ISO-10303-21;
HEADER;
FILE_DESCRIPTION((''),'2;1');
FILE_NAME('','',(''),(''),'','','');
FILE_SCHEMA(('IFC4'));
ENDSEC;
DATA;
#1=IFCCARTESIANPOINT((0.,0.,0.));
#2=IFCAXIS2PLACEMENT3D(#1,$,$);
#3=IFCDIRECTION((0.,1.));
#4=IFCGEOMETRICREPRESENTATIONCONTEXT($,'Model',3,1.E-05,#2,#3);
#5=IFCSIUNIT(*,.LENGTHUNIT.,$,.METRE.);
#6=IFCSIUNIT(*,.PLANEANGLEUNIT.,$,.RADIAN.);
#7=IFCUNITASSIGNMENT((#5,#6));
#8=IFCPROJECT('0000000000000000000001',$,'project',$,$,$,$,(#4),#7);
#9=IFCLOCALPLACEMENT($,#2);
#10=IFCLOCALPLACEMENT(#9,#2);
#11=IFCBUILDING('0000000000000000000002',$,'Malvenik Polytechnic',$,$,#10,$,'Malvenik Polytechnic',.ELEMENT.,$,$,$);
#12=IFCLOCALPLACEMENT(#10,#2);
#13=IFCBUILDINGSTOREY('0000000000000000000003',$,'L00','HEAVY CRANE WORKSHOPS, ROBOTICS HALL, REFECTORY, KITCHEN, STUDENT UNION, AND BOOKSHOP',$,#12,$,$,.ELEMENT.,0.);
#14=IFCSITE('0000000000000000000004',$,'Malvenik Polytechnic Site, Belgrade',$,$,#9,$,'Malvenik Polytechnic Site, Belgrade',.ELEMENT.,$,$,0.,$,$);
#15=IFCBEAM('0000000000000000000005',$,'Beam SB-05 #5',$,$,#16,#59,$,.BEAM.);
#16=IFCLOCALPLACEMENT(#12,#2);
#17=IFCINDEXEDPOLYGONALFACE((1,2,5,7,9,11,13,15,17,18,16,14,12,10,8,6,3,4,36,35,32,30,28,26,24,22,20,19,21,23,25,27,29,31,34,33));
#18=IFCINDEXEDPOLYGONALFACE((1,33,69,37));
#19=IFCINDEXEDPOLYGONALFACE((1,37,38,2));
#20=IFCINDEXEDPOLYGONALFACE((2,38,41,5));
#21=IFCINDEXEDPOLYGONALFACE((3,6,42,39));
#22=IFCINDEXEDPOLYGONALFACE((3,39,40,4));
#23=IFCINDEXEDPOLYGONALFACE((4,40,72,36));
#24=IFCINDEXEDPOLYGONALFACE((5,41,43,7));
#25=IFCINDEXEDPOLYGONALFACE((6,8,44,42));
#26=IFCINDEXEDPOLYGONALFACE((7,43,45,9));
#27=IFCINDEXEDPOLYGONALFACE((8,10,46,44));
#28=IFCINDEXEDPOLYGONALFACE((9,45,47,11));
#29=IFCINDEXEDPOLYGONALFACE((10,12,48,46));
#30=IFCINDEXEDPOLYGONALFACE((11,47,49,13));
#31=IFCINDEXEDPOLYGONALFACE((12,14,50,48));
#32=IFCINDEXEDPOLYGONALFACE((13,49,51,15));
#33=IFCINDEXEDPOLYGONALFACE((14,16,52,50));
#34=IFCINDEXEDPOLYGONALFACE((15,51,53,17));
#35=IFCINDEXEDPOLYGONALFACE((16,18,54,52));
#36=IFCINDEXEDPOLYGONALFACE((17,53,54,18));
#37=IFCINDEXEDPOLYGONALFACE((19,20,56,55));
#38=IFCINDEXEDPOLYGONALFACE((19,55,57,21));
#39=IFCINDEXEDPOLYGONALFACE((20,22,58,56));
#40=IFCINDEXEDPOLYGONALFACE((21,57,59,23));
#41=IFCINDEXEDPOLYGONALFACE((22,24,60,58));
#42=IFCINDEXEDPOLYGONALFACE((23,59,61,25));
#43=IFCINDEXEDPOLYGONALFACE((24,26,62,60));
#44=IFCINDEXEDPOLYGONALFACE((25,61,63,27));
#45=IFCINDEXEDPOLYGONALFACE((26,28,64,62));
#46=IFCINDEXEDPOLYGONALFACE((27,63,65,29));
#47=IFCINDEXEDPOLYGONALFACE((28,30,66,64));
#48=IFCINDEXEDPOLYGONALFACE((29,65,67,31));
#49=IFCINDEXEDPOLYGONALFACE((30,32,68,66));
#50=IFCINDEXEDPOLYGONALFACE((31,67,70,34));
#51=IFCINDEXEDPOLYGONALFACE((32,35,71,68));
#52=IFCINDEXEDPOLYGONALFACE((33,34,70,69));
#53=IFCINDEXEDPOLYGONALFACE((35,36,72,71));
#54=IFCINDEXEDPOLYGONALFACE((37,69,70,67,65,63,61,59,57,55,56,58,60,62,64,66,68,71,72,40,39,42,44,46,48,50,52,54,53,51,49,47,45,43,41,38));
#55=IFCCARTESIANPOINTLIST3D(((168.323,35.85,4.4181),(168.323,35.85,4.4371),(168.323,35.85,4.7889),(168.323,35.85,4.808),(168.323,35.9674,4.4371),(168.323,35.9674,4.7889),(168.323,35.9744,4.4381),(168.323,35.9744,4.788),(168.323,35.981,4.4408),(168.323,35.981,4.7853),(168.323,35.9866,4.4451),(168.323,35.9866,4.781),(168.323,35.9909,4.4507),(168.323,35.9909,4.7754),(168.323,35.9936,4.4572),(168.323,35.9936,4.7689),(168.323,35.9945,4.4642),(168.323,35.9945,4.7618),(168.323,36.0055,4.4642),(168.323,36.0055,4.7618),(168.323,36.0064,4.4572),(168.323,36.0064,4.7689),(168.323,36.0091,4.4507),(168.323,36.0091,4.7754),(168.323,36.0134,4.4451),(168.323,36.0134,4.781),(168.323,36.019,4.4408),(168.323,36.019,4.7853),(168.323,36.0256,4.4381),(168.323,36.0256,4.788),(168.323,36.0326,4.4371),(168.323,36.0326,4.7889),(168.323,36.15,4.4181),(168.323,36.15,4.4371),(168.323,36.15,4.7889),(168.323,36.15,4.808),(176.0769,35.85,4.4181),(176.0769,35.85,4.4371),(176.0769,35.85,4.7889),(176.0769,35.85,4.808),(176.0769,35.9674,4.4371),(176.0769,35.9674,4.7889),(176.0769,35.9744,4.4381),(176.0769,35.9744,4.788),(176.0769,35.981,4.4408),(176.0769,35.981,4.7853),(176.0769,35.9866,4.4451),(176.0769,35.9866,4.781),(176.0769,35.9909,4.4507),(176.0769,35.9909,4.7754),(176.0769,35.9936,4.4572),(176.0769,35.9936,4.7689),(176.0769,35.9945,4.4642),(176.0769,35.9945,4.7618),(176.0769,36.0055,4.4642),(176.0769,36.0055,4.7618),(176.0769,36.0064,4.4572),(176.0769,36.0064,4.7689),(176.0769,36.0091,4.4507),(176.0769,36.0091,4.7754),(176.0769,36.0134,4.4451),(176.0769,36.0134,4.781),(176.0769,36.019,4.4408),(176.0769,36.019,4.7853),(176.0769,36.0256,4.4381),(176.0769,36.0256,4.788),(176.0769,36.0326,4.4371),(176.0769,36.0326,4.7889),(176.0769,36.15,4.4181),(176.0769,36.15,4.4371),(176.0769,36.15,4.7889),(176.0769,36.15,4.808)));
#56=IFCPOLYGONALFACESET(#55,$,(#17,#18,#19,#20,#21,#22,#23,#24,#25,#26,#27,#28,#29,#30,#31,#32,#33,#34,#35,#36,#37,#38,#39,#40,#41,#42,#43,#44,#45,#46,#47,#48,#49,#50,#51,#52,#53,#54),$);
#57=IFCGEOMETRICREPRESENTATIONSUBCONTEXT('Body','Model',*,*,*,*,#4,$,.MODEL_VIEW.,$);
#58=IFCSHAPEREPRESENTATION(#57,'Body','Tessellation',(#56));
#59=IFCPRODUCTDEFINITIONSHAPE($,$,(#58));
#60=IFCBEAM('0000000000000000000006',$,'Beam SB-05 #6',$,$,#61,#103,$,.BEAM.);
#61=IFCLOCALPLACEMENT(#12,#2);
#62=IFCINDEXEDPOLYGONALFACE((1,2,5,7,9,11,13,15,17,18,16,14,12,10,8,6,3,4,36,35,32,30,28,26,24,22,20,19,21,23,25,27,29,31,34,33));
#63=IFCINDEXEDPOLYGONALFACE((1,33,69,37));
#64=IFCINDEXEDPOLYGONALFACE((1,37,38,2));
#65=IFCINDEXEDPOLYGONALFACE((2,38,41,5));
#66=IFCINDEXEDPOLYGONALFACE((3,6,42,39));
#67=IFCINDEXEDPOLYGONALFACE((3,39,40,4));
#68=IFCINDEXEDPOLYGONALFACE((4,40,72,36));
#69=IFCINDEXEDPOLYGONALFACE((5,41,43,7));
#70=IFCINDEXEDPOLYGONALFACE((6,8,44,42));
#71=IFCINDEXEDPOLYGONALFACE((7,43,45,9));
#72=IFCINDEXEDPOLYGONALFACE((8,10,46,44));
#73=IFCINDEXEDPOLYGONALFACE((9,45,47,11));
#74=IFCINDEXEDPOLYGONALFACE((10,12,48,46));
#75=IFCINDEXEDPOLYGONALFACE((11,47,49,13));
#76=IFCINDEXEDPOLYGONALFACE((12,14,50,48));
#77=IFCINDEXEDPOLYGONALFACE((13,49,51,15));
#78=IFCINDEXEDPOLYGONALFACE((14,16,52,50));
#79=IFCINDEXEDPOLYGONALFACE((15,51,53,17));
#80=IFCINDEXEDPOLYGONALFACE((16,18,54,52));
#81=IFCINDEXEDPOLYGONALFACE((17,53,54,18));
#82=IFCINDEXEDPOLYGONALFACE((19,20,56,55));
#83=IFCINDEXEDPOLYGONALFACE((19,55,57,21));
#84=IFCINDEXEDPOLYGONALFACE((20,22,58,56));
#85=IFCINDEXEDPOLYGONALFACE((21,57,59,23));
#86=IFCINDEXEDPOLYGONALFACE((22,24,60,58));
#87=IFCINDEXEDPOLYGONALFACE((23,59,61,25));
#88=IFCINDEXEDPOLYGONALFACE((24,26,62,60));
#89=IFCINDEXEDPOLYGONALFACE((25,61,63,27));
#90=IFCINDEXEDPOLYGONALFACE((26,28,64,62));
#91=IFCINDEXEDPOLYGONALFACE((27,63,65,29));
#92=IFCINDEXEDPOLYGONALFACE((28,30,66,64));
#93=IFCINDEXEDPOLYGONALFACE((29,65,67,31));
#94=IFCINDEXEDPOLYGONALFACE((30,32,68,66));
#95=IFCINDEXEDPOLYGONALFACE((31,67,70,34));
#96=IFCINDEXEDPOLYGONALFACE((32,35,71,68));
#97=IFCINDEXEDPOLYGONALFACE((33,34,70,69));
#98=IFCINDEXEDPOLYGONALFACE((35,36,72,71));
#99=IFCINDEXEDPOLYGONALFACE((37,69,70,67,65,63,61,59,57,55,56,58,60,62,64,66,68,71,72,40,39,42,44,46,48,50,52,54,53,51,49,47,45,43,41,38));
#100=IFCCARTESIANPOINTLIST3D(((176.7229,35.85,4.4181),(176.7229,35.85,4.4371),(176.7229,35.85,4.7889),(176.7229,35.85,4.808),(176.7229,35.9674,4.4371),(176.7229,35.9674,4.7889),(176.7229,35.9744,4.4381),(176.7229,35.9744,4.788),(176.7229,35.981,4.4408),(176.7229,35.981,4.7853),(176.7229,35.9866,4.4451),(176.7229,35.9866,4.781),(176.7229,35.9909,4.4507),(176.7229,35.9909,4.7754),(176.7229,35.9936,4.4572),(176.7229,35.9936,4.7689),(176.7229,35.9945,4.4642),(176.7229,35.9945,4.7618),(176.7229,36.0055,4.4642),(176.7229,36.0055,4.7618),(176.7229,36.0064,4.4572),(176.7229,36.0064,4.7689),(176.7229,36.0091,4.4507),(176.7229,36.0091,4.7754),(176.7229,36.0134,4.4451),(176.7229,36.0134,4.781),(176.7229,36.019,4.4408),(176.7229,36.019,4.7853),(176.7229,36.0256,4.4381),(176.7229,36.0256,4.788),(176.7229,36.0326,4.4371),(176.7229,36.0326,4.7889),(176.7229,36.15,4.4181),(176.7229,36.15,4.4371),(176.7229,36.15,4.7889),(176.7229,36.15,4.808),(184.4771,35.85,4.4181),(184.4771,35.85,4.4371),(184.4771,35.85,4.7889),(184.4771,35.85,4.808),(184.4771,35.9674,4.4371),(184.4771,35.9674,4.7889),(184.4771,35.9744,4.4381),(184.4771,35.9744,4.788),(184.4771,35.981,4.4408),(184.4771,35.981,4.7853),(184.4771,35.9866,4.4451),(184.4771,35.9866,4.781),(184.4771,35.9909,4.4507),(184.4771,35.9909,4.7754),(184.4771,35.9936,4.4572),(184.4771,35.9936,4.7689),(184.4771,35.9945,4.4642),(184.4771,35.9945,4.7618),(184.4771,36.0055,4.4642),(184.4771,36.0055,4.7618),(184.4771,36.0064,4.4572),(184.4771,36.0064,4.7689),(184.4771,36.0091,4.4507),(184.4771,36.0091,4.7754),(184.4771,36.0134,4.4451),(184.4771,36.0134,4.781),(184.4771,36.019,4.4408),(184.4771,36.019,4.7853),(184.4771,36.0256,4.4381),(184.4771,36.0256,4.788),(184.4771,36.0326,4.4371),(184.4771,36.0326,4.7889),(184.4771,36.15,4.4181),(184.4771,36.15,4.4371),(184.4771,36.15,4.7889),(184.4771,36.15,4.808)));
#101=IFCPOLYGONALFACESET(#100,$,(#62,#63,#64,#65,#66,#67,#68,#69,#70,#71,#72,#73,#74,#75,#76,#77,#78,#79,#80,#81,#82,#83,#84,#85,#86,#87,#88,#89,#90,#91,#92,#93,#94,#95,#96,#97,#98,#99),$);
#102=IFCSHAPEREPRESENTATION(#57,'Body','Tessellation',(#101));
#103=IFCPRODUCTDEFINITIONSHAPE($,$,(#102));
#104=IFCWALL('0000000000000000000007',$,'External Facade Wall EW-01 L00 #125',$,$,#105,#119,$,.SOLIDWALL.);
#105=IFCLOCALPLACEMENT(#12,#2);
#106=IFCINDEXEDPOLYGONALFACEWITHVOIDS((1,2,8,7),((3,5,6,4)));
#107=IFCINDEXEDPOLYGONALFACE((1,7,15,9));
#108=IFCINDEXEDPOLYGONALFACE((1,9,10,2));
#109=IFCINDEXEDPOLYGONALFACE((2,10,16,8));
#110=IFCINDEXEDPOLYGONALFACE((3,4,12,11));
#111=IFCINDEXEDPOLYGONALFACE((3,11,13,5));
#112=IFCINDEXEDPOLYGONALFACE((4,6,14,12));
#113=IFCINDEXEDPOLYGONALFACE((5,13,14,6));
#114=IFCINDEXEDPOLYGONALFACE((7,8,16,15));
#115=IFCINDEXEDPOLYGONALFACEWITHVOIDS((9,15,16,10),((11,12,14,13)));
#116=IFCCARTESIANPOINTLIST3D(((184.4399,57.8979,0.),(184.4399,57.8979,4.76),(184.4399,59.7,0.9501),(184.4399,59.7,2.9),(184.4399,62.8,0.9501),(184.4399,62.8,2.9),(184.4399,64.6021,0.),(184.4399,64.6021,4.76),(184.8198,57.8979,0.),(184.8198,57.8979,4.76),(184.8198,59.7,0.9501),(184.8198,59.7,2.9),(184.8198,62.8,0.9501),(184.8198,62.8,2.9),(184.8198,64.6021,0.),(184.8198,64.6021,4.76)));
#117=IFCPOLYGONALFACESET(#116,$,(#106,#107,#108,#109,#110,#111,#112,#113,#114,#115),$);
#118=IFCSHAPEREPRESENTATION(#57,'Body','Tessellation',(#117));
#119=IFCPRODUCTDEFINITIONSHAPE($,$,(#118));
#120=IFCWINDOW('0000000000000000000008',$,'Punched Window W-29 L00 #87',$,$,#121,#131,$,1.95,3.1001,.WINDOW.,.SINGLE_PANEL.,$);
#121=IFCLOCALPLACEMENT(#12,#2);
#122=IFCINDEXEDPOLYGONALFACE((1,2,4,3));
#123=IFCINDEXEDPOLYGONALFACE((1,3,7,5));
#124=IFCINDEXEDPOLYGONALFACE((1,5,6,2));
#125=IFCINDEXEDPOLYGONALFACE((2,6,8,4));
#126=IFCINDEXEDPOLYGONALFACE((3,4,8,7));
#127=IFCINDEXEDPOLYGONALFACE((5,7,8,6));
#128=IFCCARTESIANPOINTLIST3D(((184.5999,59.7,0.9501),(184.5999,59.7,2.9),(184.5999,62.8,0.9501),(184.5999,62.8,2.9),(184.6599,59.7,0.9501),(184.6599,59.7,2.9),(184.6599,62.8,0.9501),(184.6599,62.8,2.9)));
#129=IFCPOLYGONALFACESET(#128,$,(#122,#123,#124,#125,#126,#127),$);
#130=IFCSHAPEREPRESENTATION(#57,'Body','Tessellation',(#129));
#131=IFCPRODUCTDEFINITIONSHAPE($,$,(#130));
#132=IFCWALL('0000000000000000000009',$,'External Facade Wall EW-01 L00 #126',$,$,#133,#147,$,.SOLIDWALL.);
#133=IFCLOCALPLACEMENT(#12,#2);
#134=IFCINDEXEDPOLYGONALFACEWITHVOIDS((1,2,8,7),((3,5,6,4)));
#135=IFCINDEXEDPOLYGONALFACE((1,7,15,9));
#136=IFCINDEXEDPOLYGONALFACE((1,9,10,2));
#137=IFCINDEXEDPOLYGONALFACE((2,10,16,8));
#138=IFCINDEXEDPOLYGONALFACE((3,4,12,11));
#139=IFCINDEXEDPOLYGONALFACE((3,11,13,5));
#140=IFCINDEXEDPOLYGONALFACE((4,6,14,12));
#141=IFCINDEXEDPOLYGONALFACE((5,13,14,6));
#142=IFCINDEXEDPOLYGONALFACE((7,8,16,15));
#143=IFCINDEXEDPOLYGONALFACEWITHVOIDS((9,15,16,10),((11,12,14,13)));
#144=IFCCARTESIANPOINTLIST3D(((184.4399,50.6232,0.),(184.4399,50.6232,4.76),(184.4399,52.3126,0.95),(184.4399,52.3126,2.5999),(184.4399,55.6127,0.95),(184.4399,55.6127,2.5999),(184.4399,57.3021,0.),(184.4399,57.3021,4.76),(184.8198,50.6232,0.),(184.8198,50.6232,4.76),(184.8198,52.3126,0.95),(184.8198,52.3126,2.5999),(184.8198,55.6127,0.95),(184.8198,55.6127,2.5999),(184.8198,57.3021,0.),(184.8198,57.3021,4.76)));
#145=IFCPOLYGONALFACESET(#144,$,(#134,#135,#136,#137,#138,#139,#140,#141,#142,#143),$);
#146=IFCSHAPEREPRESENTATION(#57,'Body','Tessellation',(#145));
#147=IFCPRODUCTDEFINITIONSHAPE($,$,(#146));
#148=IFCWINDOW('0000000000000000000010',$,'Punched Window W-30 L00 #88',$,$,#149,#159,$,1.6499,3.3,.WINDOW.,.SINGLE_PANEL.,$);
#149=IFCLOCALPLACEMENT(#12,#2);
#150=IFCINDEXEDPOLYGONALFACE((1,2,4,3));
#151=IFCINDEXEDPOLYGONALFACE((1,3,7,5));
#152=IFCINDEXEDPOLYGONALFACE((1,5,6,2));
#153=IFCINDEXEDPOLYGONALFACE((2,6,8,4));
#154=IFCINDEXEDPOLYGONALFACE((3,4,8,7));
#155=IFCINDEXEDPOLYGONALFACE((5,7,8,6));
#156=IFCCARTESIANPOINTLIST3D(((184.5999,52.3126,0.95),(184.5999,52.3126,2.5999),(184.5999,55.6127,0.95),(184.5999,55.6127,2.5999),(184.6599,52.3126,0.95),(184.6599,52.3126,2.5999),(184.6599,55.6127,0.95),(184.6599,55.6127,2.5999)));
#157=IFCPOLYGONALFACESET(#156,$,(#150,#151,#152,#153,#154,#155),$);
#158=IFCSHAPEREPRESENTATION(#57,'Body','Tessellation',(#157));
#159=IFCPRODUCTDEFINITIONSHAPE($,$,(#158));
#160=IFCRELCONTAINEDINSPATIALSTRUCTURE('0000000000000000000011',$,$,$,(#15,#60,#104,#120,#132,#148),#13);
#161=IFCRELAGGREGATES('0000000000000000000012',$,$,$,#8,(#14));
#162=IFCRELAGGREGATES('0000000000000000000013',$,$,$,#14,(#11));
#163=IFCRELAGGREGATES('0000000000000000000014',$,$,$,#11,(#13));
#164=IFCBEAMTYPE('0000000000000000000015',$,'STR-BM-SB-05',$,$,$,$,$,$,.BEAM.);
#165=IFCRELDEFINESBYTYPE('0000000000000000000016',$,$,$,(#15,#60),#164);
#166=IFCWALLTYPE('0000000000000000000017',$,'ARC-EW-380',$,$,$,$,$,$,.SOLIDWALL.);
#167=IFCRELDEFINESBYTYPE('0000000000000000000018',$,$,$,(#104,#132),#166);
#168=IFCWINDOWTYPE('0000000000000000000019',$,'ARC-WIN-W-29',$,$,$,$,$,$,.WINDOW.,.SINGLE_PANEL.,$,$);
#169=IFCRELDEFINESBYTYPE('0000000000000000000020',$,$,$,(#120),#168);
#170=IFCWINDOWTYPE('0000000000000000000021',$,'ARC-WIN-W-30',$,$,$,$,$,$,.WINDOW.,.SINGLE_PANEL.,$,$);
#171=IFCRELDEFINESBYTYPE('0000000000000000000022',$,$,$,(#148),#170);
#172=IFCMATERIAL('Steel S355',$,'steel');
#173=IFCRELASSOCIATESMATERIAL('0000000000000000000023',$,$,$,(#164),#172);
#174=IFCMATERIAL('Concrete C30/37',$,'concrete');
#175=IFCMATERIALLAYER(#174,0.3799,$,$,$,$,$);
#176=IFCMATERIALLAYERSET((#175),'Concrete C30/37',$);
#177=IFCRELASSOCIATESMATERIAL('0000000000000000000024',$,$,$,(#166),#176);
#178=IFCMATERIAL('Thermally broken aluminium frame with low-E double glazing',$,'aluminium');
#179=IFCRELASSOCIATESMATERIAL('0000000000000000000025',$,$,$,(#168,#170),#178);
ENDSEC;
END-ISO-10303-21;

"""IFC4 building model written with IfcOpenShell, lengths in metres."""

from ifc_helpers import new_model, si_unit, direction, frame, frame_2d, origin, origin_2d, place, context, subcontext, project, spatial, rectangle, i_section, extrude, material, layer, layer_set, material_profile, profile_set, type_object, element, fill, save


model = new_model("IFC4")

# Units and contexts
model_context = context("Model", 3, precision=1e-05, world=origin(), true_north=direction((0.0, 1.0)))
body_context = subcontext(model_context, "Body", "Model", "MODEL_VIEW")
ifc_project = project(units=[si_unit("LENGTHUNIT", "METRE"), si_unit("PLANEANGLEUNIT", "RADIAN")], contexts=[model_context])

# Site, building, storey
site_placement = place(None, origin())
site = spatial("IfcSite", under=ifc_project, at=site_placement, Name="Malvenik Polytechnic Site, Belgrade", LongName="Malvenik Polytechnic Site, Belgrade", CompositionType="ELEMENT", RefElevation=0.0)
building_placement = place(site_placement, origin())
building = spatial("IfcBuilding", under=site, at=building_placement, Name="Malvenik Polytechnic", LongName="Malvenik Polytechnic", CompositionType="ELEMENT")
storey_placement = place(building_placement, origin())
storey = spatial("IfcBuildingStorey", under=building, at=storey_placement, Name="L00", Description="HEAVY CRANE WORKSHOPS, ROBOTICS HALL, REFECTORY, KITCHEN, STUDENT UNION, AND BOOKSHOP", CompositionType="ELEMENT", Elevation=0.0)

# Shared definitions
ifc_material_1 = material(Name="Concrete C30/37", Category="concrete")
ifc_material_2 = material(Name="Steel S355", Category="steel")

# Beams
ifc_material_profile_1 = material_profile(ifc_material_2, i_section(OverallWidth=0.3, OverallDepth=0.3899, WebThickness=0.011, FlangeThickness=0.019, FilletRadius=0.0271, at=origin_2d()), Name="HEA 400")
ifc_profile_set_1 = profile_set([ifc_material_profile_1], Name="Steel S355")
beam_type = type_object("IfcBeamType", Name="STR-BM-SB-05", PredefinedType="BEAM", material=ifc_profile_set_1)
beam_1_placement = place(storey_placement, frame((168.323, 36.0, 4.613), z_axis=(1.0, 0.0, 0.0), x_axis=(0.0, 1.0, 0.0)))
element("IfcBeam", 1, at=beam_1_placement, inside=storey, type_object=beam_type, Name="Beam SB-05 #5", PredefinedType="BEAM", context=body_context, shape_type="SweptSolid", body=[
    extrude(i_section(OverallWidth=0.3, OverallDepth=0.3899, WebThickness=0.011, FlangeThickness=0.019, FilletRadius=0.0271, at=origin_2d()), origin(), (0.0, 0.0, 1.0), 7.7539),
])
beam_2_placement = place(storey_placement, frame((176.7229, 36.0, 4.613), z_axis=(1.0, 0.0, 0.0), x_axis=(0.0, 1.0, 0.0)))
element("IfcBeam", 2, at=beam_2_placement, inside=storey, type_object=beam_type, Name="Beam SB-05 #6", PredefinedType="BEAM", context=body_context, shape_type="SweptSolid", body=[
    extrude(i_section(OverallWidth=0.3, OverallDepth=0.3899, WebThickness=0.011, FlangeThickness=0.019, FilletRadius=0.0271, at=origin_2d()), origin(), (0.0, 0.0, 1.0), 7.7542),
])

# Walls, openings, windows
ifc_layer_1 = layer(ifc_material_1, 0.3799)
ifc_layer_set_1 = layer_set([ifc_layer_1], Name="Concrete C30/37")
wall_type_1 = type_object("IfcWallType", Name="ARC-EW-380", PredefinedType="SOLIDWALL", material=ifc_layer_set_1)
wall_1_placement = place(storey_placement, frame((184.6299, 64.6021, 0.0), z_axis=(0.0, 0.0, 1.0), x_axis=(0.0, -1.0, 0.0)))
wall_1 = element("IfcWall", 3, at=wall_1_placement, inside=storey, type_object=wall_type_1, Name="External Facade Wall EW-01 L00 #125", PredefinedType="SOLIDWALL", context=body_context, shape_type="SweptSolid", body=[
    extrude(rectangle(XDim=6.7041, YDim=0.3799, at=frame_2d((3.3521, 0.0))), origin(), (0.0, 0.0, 1.0), 4.76),
])
opening_1_placement = place(wall_1_placement, frame((1.802, 0.0, 0.95)))
opening_1 = element("IfcOpeningElement", 4, at=opening_1_placement, cuts=wall_1, PredefinedType="OPENING", context=body_context, shape_type="SweptSolid", body=[
    extrude(rectangle(XDim=3.1001, YDim=1.95, at=frame_2d((1.55, 0.9751))), frame((0.0, 0.2, 0.0), z_axis=(0.0, -1.0, 0.0), x_axis=(1.0, 0.0, 0.0)), (0.0, 0.0, 1.0), 0.3999),
])
ifc_material_3 = material(Name="Thermally broken aluminium frame with low-E double glazing", Category="aluminium")
window_type_1 = type_object("IfcWindowType", Name="ARC-WIN-W-29", PartitioningType="SINGLE_PANEL", PredefinedType="WINDOW", material=ifc_material_3)
window_1_placement = place(opening_1_placement, origin())
window_1 = element("IfcWindow", 5, at=window_1_placement, inside=storey, type_object=window_type_1, Name="Punched Window W-29 L00 #87", OverallHeight=1.95, OverallWidth=3.1001, PartitioningType="SINGLE_PANEL", PredefinedType="WINDOW", context=body_context, shape_type="SweptSolid", body=[
    extrude(rectangle(XDim=3.1001, YDim=1.95, at=frame_2d((1.55, 0.9751))), frame((0.0, 0.03, 0.0), z_axis=(0.0, -1.0, 0.0), x_axis=(1.0, 0.0, 0.0)), (0.0, 0.0, 1.0), 0.0601),
])
fill(opening_1, window_1)
wall_2_placement = place(storey_placement, frame((184.6299, 57.302, 0.0), z_axis=(0.0, 0.0, 1.0), x_axis=(0.0, -1.0, 0.0)))
wall_2 = element("IfcWall", 6, at=wall_2_placement, inside=storey, type_object=wall_type_1, Name="External Facade Wall EW-01 L00 #126", PredefinedType="SOLIDWALL", context=body_context, shape_type="SweptSolid", body=[
    extrude(rectangle(XDim=6.679, YDim=0.3799, at=frame_2d((3.3394, 0.0))), origin(), (0.0, 0.0, 1.0), 4.76),
])
opening_2_placement = place(wall_2_placement, frame((1.6895, 0.0, 0.95)))
opening_2 = element("IfcOpeningElement", 7, at=opening_2_placement, cuts=wall_2, PredefinedType="OPENING", context=body_context, shape_type="SweptSolid", body=[
    extrude(rectangle(XDim=3.3, YDim=1.6499, at=frame_2d((1.6499, 0.825))), frame((0.0, 0.2, 0.0), z_axis=(0.0, -1.0, 0.0), x_axis=(1.0, 0.0, 0.0)), (0.0, 0.0, 1.0), 0.3999),
])
window_type_2 = type_object("IfcWindowType", Name="ARC-WIN-W-30", PartitioningType="SINGLE_PANEL", PredefinedType="WINDOW", material=ifc_material_3)
window_2_placement = place(opening_2_placement, origin())
window_2 = element("IfcWindow", 8, at=window_2_placement, inside=storey, type_object=window_type_2, Name="Punched Window W-30 L00 #88", OverallHeight=1.6499, OverallWidth=3.3, PartitioningType="SINGLE_PANEL", PredefinedType="WINDOW", context=body_context, shape_type="SweptSolid", body=[
    extrude(rectangle(XDim=3.3, YDim=1.6499, at=frame_2d((1.6499, 0.825))), frame((0.0, 0.03, 0.0), z_axis=(0.0, -1.0, 0.0), x_axis=(1.0, 0.0, 0.0)), (0.0, 0.0, 1.0), 0.0601),
])
fill(opening_2, window_2)

save(model, "model.ifc")
